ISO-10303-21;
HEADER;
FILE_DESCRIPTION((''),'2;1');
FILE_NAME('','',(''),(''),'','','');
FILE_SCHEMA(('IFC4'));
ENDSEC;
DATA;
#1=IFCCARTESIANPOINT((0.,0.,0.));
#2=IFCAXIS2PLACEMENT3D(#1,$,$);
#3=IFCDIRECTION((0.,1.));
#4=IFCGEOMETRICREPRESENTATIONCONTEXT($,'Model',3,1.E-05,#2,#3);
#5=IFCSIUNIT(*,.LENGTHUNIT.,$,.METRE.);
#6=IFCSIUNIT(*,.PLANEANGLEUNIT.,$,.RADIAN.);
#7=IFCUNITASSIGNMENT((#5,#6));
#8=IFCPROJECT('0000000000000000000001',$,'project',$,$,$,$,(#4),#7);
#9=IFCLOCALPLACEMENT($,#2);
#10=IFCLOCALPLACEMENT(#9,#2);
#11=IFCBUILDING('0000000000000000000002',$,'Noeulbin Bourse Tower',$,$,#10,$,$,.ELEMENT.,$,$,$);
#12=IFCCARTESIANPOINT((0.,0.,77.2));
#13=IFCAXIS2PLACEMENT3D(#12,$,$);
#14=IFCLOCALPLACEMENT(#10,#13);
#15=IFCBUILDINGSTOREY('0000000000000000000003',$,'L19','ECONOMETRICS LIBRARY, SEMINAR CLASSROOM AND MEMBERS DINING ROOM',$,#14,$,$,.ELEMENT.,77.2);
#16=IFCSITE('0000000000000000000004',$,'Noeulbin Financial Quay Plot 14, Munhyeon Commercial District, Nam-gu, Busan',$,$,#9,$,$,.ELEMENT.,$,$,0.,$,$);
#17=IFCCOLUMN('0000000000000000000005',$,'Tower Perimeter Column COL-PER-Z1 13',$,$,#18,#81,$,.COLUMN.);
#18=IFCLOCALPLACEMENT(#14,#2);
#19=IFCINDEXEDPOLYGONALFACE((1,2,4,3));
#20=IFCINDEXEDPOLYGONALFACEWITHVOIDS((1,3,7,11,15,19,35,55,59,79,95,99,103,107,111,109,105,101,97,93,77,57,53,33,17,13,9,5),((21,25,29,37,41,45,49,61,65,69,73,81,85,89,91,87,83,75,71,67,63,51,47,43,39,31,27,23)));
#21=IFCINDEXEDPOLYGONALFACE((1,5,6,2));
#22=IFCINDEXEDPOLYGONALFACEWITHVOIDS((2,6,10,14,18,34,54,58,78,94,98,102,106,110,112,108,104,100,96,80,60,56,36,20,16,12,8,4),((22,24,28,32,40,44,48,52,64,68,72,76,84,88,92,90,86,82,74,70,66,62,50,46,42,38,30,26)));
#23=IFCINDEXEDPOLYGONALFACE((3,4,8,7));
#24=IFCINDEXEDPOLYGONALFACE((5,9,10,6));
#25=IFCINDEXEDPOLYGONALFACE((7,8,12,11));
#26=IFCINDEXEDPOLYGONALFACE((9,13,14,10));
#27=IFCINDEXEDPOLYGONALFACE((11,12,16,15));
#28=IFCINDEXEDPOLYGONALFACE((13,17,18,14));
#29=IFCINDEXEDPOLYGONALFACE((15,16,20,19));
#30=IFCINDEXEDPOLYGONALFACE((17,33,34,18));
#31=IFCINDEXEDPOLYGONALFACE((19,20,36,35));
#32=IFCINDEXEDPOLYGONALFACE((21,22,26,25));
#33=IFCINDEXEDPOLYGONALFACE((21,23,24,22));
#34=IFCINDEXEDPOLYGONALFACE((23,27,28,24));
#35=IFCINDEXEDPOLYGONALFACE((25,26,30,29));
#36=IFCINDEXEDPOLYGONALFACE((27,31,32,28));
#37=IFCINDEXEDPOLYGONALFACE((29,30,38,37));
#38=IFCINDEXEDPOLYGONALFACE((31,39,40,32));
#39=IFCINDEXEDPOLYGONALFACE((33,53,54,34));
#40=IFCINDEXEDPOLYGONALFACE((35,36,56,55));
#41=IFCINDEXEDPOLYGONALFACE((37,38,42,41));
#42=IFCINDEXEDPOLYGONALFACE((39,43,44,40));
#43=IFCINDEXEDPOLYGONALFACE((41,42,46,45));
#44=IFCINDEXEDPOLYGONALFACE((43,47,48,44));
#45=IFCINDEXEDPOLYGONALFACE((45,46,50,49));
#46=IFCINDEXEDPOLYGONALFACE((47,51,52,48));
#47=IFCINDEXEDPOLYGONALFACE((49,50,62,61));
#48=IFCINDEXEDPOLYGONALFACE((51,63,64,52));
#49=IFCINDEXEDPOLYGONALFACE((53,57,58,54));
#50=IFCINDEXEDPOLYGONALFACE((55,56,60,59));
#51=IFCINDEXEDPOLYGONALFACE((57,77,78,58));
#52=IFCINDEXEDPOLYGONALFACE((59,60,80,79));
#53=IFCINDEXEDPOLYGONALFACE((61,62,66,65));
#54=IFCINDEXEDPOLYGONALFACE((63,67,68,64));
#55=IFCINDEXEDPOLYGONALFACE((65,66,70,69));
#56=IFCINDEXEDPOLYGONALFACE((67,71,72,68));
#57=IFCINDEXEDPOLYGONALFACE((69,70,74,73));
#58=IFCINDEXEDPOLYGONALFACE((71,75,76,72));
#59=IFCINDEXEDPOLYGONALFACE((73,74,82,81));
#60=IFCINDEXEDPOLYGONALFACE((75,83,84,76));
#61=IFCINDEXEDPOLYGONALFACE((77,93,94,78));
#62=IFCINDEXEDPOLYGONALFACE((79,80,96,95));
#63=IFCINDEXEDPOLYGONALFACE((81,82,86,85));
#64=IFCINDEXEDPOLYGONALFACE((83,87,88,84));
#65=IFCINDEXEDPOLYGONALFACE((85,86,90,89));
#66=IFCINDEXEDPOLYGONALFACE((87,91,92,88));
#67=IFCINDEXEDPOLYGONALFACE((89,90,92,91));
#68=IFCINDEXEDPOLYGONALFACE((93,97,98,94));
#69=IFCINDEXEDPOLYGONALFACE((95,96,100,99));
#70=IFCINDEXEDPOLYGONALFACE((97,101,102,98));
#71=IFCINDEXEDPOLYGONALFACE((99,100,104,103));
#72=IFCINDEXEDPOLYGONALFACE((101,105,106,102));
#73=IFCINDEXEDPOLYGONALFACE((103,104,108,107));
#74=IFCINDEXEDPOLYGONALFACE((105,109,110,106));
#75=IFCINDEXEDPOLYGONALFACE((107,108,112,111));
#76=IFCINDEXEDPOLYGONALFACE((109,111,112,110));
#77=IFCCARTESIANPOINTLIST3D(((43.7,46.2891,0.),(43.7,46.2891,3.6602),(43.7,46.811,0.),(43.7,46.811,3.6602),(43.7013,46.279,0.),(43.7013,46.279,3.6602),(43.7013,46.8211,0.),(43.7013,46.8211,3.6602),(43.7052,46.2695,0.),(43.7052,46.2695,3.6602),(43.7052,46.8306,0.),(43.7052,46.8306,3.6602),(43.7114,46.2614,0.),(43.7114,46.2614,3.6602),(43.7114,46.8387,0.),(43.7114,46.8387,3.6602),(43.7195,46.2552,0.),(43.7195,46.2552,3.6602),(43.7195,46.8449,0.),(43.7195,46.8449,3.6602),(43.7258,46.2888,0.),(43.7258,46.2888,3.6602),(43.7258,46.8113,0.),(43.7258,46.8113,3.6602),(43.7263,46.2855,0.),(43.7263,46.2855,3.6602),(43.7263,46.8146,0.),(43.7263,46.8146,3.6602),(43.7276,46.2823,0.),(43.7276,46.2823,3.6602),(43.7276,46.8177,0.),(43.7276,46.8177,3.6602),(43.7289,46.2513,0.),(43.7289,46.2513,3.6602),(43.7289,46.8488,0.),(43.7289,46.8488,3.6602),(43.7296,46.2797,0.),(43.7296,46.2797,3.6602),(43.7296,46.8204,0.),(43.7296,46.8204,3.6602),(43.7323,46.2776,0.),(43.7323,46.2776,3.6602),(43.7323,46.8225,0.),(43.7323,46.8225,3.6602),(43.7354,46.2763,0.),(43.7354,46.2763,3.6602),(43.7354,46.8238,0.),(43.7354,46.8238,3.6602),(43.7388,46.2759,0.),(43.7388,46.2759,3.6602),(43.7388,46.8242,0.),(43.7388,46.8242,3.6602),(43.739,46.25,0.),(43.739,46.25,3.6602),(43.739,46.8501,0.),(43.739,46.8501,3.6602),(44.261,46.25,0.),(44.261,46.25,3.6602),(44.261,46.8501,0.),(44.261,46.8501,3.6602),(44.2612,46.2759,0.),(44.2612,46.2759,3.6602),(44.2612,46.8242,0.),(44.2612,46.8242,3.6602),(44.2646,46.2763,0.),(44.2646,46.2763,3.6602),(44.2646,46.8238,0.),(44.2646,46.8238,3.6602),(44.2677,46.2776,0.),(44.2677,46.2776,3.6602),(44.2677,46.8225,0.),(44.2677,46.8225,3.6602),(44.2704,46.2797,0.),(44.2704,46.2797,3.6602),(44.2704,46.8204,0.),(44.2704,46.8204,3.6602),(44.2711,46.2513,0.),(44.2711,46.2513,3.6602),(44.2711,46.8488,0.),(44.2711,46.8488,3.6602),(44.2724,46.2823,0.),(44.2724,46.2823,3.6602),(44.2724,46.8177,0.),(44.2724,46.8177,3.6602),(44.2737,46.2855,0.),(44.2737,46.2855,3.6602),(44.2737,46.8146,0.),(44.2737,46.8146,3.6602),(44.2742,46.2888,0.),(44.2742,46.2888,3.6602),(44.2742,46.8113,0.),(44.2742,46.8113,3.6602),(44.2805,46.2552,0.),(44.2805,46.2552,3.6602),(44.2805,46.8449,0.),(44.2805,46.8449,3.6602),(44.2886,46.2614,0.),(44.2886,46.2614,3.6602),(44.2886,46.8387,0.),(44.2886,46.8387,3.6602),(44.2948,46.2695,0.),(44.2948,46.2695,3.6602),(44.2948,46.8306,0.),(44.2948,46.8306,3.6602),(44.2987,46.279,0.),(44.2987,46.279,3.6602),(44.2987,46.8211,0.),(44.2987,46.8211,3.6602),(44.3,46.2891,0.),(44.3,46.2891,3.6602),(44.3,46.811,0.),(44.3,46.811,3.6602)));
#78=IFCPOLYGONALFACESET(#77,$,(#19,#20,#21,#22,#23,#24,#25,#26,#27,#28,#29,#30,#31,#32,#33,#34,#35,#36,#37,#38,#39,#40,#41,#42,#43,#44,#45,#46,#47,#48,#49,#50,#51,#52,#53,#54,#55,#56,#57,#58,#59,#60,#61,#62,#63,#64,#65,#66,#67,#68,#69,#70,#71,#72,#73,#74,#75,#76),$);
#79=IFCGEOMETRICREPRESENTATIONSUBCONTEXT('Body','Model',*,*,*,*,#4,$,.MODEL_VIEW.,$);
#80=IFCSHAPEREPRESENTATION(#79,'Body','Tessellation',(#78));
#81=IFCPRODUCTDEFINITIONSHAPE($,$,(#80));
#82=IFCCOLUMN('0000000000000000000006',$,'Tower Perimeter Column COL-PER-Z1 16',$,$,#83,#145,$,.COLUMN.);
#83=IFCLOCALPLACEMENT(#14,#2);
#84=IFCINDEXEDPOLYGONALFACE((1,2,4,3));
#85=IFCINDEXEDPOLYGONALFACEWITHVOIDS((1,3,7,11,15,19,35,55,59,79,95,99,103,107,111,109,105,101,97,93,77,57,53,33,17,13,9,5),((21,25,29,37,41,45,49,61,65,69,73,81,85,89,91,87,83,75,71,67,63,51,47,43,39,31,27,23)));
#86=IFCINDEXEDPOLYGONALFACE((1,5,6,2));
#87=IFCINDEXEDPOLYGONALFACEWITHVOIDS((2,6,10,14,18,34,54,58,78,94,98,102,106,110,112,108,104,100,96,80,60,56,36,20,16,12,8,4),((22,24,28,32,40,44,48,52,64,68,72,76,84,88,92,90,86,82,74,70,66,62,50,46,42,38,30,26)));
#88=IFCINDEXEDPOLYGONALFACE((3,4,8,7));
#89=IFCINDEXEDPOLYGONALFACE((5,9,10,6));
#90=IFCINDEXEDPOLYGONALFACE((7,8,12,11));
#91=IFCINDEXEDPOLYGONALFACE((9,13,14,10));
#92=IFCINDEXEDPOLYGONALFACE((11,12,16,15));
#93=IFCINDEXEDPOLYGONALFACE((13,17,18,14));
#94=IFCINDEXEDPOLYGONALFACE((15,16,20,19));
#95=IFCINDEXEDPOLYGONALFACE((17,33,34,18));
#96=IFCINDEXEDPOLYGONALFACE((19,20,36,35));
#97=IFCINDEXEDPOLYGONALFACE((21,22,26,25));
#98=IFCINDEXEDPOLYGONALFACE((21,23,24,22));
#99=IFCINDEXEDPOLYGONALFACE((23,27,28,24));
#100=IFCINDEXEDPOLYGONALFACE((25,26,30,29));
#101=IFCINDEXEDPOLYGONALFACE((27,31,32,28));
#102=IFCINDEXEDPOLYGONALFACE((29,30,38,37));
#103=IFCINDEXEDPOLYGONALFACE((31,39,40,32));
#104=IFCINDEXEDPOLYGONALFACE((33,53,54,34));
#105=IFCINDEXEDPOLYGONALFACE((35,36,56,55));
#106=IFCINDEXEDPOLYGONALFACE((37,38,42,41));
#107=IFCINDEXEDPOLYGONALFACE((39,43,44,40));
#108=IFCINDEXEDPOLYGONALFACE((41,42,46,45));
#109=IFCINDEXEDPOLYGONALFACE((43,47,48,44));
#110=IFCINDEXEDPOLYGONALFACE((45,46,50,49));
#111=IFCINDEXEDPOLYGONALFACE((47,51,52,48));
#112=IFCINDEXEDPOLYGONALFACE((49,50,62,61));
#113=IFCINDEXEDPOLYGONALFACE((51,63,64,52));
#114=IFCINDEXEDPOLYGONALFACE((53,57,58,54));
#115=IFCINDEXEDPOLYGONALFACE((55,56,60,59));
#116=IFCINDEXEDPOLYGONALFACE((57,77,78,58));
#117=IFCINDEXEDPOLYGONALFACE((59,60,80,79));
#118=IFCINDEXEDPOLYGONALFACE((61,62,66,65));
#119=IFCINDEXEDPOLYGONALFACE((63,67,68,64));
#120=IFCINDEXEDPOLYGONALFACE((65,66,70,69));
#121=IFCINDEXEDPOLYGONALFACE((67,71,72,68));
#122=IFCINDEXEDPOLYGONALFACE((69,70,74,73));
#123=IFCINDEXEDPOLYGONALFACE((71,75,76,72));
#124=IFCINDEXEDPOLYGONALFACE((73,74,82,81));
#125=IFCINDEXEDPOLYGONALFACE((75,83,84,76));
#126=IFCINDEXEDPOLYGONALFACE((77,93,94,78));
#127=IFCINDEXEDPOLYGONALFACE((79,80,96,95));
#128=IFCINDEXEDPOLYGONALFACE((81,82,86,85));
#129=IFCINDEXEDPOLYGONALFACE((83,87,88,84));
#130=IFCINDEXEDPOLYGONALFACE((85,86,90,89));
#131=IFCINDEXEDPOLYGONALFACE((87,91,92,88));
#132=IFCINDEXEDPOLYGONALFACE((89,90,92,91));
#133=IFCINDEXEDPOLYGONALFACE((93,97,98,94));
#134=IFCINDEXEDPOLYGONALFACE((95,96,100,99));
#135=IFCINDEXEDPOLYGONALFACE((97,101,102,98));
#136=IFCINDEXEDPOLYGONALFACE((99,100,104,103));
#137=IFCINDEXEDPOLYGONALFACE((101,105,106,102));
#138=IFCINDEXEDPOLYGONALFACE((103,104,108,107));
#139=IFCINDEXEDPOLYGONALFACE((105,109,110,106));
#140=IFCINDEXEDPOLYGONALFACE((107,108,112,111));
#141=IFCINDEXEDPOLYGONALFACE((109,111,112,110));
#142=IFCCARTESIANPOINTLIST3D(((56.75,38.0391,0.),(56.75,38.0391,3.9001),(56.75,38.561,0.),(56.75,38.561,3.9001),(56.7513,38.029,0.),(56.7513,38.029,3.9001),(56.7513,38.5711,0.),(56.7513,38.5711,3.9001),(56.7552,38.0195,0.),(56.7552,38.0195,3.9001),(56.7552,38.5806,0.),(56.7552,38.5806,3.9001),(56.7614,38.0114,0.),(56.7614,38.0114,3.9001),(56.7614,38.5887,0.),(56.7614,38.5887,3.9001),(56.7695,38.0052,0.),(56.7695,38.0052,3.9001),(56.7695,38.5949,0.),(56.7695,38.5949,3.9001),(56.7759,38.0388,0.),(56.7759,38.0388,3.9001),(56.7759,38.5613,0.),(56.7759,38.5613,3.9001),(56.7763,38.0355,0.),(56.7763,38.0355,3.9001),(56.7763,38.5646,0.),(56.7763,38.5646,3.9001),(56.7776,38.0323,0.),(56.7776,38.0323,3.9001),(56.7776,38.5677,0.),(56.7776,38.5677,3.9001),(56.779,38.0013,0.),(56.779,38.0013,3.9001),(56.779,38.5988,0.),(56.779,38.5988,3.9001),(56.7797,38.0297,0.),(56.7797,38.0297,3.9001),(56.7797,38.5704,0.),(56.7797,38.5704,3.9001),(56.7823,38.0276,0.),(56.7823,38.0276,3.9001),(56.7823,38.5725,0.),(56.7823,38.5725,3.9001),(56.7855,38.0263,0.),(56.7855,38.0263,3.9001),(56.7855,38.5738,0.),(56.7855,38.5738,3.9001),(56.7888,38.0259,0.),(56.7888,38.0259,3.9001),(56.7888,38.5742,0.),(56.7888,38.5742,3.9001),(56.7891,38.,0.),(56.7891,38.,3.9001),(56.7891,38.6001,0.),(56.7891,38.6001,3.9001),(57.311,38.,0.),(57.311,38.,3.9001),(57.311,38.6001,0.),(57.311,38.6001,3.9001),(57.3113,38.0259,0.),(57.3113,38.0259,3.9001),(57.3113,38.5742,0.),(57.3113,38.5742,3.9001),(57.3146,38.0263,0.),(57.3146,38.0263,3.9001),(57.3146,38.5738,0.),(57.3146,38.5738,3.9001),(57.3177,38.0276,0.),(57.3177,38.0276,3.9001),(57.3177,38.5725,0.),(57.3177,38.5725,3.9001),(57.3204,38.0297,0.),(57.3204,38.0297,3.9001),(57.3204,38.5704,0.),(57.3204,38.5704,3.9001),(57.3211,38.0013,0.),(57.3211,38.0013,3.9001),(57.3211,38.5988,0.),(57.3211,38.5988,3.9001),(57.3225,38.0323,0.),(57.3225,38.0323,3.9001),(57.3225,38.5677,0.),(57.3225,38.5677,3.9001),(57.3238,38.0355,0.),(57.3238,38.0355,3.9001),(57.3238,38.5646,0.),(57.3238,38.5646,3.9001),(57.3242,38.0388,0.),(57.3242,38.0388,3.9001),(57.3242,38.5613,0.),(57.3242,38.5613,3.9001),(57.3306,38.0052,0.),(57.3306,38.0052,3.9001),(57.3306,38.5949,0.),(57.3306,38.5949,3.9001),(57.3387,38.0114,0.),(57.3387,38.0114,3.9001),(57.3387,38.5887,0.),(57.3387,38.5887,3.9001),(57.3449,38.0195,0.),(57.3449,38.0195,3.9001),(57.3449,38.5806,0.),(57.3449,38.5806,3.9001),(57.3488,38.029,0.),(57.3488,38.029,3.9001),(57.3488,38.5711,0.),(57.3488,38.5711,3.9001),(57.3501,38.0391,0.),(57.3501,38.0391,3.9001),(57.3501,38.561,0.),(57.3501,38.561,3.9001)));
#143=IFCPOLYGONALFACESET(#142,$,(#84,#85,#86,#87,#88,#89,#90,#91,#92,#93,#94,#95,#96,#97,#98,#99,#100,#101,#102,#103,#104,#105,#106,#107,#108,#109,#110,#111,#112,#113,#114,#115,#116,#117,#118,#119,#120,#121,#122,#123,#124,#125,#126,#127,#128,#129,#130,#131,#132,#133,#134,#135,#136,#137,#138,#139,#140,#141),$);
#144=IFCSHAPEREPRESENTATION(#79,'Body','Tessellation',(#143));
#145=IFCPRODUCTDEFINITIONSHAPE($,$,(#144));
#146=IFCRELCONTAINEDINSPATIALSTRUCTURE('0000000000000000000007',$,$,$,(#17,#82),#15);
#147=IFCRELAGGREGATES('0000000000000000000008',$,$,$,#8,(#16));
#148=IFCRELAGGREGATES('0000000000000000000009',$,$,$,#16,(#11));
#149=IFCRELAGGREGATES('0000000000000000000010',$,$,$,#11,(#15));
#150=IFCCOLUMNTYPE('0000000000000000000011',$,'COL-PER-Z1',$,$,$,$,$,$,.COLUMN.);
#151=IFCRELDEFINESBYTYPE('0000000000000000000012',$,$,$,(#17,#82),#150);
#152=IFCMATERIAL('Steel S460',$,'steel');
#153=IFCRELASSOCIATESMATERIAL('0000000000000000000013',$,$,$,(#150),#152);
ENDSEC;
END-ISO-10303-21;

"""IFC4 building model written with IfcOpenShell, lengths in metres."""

from ifc_helpers import new_model, si_unit, direction, frame, origin, origin_2d, place, context, subcontext, project, spatial, hollow_rectangle, extrude, material, material_profile, profile_set, type_object, element, save


model = new_model("IFC4")

# Units and contexts
model_context = context("Model", 3, precision=1e-05, world=origin(), true_north=direction((0.0, 1.0)))
body_context = subcontext(model_context, "Body", "Model", "MODEL_VIEW")
ifc_project = project(units=[si_unit("LENGTHUNIT", "METRE"), si_unit("PLANEANGLEUNIT", "RADIAN")], contexts=[model_context])

# Site, building, storey
site_placement = place(None, origin())
site = spatial("IfcSite", under=ifc_project, at=site_placement, Name="Noeulbin Financial Quay Plot 14, Munhyeon Commercial District, Nam-gu, Busan", CompositionType="ELEMENT", RefElevation=0.0)
building_placement = place(site_placement, origin())
building = spatial("IfcBuilding", under=site, at=building_placement, Name="Noeulbin Bourse Tower", CompositionType="ELEMENT")
storey_placement = place(building_placement, frame((0.0, 0.0, 77.2)))
storey = spatial("IfcBuildingStorey", under=building, at=storey_placement, Name="L19", Description="ECONOMETRICS LIBRARY, SEMINAR CLASSROOM AND MEMBERS DINING ROOM", CompositionType="ELEMENT", Elevation=77.2)

# Columns
ifc_material_1 = material(Name="Steel S460", Category="steel")
ifc_material_profile_1 = material_profile(ifc_material_1, hollow_rectangle(XDim=0.6001, YDim=0.6001, WallThickness=0.0259, InnerFilletRadius=0.0129, OuterFilletRadius=0.0391, at=origin_2d()), Name="BOX-600x600x26", Category="LoadBearing")
ifc_profile_set_1 = profile_set([ifc_material_profile_1], Name="Steel S460")
column_type_1 = type_object("IfcColumnType", Name="COL-PER-Z1", PredefinedType="COLUMN", material=ifc_profile_set_1)
column_1_placement = place(storey_placement, frame((44.0, 46.55, 0.0), z_axis=(0.0, 0.0, 1.0), x_axis=(1.0, 0.0, 0.0)))
element("IfcColumn", 1, at=column_1_placement, inside=storey, type_object=column_type_1, Name="Tower Perimeter Column COL-PER-Z1 13", PredefinedType="COLUMN", context=body_context, shape_type="SweptSolid", body=[
    extrude(hollow_rectangle(XDim=0.6001, YDim=0.6001, WallThickness=0.0259, InnerFilletRadius=0.0129, OuterFilletRadius=0.0391, at=origin_2d()), origin(), (0.0, 0.0, 1.0), 3.6602),
])
column_2_placement = place(storey_placement, frame((57.05, 38.3, 0.0), z_axis=(0.0, 0.0, 1.0), x_axis=(1.0, 0.0, 0.0)))
element("IfcColumn", 2, at=column_2_placement, inside=storey, type_object=column_type_1, Name="Tower Perimeter Column COL-PER-Z1 16", PredefinedType="COLUMN", context=body_context, shape_type="SweptSolid", body=[
    extrude(hollow_rectangle(XDim=0.6001, YDim=0.6001, WallThickness=0.0259, InnerFilletRadius=0.0129, OuterFilletRadius=0.0391, at=origin_2d()), origin(), (0.0, 0.0, 1.0), 3.9001),
])

save(model, "model.ifc")
